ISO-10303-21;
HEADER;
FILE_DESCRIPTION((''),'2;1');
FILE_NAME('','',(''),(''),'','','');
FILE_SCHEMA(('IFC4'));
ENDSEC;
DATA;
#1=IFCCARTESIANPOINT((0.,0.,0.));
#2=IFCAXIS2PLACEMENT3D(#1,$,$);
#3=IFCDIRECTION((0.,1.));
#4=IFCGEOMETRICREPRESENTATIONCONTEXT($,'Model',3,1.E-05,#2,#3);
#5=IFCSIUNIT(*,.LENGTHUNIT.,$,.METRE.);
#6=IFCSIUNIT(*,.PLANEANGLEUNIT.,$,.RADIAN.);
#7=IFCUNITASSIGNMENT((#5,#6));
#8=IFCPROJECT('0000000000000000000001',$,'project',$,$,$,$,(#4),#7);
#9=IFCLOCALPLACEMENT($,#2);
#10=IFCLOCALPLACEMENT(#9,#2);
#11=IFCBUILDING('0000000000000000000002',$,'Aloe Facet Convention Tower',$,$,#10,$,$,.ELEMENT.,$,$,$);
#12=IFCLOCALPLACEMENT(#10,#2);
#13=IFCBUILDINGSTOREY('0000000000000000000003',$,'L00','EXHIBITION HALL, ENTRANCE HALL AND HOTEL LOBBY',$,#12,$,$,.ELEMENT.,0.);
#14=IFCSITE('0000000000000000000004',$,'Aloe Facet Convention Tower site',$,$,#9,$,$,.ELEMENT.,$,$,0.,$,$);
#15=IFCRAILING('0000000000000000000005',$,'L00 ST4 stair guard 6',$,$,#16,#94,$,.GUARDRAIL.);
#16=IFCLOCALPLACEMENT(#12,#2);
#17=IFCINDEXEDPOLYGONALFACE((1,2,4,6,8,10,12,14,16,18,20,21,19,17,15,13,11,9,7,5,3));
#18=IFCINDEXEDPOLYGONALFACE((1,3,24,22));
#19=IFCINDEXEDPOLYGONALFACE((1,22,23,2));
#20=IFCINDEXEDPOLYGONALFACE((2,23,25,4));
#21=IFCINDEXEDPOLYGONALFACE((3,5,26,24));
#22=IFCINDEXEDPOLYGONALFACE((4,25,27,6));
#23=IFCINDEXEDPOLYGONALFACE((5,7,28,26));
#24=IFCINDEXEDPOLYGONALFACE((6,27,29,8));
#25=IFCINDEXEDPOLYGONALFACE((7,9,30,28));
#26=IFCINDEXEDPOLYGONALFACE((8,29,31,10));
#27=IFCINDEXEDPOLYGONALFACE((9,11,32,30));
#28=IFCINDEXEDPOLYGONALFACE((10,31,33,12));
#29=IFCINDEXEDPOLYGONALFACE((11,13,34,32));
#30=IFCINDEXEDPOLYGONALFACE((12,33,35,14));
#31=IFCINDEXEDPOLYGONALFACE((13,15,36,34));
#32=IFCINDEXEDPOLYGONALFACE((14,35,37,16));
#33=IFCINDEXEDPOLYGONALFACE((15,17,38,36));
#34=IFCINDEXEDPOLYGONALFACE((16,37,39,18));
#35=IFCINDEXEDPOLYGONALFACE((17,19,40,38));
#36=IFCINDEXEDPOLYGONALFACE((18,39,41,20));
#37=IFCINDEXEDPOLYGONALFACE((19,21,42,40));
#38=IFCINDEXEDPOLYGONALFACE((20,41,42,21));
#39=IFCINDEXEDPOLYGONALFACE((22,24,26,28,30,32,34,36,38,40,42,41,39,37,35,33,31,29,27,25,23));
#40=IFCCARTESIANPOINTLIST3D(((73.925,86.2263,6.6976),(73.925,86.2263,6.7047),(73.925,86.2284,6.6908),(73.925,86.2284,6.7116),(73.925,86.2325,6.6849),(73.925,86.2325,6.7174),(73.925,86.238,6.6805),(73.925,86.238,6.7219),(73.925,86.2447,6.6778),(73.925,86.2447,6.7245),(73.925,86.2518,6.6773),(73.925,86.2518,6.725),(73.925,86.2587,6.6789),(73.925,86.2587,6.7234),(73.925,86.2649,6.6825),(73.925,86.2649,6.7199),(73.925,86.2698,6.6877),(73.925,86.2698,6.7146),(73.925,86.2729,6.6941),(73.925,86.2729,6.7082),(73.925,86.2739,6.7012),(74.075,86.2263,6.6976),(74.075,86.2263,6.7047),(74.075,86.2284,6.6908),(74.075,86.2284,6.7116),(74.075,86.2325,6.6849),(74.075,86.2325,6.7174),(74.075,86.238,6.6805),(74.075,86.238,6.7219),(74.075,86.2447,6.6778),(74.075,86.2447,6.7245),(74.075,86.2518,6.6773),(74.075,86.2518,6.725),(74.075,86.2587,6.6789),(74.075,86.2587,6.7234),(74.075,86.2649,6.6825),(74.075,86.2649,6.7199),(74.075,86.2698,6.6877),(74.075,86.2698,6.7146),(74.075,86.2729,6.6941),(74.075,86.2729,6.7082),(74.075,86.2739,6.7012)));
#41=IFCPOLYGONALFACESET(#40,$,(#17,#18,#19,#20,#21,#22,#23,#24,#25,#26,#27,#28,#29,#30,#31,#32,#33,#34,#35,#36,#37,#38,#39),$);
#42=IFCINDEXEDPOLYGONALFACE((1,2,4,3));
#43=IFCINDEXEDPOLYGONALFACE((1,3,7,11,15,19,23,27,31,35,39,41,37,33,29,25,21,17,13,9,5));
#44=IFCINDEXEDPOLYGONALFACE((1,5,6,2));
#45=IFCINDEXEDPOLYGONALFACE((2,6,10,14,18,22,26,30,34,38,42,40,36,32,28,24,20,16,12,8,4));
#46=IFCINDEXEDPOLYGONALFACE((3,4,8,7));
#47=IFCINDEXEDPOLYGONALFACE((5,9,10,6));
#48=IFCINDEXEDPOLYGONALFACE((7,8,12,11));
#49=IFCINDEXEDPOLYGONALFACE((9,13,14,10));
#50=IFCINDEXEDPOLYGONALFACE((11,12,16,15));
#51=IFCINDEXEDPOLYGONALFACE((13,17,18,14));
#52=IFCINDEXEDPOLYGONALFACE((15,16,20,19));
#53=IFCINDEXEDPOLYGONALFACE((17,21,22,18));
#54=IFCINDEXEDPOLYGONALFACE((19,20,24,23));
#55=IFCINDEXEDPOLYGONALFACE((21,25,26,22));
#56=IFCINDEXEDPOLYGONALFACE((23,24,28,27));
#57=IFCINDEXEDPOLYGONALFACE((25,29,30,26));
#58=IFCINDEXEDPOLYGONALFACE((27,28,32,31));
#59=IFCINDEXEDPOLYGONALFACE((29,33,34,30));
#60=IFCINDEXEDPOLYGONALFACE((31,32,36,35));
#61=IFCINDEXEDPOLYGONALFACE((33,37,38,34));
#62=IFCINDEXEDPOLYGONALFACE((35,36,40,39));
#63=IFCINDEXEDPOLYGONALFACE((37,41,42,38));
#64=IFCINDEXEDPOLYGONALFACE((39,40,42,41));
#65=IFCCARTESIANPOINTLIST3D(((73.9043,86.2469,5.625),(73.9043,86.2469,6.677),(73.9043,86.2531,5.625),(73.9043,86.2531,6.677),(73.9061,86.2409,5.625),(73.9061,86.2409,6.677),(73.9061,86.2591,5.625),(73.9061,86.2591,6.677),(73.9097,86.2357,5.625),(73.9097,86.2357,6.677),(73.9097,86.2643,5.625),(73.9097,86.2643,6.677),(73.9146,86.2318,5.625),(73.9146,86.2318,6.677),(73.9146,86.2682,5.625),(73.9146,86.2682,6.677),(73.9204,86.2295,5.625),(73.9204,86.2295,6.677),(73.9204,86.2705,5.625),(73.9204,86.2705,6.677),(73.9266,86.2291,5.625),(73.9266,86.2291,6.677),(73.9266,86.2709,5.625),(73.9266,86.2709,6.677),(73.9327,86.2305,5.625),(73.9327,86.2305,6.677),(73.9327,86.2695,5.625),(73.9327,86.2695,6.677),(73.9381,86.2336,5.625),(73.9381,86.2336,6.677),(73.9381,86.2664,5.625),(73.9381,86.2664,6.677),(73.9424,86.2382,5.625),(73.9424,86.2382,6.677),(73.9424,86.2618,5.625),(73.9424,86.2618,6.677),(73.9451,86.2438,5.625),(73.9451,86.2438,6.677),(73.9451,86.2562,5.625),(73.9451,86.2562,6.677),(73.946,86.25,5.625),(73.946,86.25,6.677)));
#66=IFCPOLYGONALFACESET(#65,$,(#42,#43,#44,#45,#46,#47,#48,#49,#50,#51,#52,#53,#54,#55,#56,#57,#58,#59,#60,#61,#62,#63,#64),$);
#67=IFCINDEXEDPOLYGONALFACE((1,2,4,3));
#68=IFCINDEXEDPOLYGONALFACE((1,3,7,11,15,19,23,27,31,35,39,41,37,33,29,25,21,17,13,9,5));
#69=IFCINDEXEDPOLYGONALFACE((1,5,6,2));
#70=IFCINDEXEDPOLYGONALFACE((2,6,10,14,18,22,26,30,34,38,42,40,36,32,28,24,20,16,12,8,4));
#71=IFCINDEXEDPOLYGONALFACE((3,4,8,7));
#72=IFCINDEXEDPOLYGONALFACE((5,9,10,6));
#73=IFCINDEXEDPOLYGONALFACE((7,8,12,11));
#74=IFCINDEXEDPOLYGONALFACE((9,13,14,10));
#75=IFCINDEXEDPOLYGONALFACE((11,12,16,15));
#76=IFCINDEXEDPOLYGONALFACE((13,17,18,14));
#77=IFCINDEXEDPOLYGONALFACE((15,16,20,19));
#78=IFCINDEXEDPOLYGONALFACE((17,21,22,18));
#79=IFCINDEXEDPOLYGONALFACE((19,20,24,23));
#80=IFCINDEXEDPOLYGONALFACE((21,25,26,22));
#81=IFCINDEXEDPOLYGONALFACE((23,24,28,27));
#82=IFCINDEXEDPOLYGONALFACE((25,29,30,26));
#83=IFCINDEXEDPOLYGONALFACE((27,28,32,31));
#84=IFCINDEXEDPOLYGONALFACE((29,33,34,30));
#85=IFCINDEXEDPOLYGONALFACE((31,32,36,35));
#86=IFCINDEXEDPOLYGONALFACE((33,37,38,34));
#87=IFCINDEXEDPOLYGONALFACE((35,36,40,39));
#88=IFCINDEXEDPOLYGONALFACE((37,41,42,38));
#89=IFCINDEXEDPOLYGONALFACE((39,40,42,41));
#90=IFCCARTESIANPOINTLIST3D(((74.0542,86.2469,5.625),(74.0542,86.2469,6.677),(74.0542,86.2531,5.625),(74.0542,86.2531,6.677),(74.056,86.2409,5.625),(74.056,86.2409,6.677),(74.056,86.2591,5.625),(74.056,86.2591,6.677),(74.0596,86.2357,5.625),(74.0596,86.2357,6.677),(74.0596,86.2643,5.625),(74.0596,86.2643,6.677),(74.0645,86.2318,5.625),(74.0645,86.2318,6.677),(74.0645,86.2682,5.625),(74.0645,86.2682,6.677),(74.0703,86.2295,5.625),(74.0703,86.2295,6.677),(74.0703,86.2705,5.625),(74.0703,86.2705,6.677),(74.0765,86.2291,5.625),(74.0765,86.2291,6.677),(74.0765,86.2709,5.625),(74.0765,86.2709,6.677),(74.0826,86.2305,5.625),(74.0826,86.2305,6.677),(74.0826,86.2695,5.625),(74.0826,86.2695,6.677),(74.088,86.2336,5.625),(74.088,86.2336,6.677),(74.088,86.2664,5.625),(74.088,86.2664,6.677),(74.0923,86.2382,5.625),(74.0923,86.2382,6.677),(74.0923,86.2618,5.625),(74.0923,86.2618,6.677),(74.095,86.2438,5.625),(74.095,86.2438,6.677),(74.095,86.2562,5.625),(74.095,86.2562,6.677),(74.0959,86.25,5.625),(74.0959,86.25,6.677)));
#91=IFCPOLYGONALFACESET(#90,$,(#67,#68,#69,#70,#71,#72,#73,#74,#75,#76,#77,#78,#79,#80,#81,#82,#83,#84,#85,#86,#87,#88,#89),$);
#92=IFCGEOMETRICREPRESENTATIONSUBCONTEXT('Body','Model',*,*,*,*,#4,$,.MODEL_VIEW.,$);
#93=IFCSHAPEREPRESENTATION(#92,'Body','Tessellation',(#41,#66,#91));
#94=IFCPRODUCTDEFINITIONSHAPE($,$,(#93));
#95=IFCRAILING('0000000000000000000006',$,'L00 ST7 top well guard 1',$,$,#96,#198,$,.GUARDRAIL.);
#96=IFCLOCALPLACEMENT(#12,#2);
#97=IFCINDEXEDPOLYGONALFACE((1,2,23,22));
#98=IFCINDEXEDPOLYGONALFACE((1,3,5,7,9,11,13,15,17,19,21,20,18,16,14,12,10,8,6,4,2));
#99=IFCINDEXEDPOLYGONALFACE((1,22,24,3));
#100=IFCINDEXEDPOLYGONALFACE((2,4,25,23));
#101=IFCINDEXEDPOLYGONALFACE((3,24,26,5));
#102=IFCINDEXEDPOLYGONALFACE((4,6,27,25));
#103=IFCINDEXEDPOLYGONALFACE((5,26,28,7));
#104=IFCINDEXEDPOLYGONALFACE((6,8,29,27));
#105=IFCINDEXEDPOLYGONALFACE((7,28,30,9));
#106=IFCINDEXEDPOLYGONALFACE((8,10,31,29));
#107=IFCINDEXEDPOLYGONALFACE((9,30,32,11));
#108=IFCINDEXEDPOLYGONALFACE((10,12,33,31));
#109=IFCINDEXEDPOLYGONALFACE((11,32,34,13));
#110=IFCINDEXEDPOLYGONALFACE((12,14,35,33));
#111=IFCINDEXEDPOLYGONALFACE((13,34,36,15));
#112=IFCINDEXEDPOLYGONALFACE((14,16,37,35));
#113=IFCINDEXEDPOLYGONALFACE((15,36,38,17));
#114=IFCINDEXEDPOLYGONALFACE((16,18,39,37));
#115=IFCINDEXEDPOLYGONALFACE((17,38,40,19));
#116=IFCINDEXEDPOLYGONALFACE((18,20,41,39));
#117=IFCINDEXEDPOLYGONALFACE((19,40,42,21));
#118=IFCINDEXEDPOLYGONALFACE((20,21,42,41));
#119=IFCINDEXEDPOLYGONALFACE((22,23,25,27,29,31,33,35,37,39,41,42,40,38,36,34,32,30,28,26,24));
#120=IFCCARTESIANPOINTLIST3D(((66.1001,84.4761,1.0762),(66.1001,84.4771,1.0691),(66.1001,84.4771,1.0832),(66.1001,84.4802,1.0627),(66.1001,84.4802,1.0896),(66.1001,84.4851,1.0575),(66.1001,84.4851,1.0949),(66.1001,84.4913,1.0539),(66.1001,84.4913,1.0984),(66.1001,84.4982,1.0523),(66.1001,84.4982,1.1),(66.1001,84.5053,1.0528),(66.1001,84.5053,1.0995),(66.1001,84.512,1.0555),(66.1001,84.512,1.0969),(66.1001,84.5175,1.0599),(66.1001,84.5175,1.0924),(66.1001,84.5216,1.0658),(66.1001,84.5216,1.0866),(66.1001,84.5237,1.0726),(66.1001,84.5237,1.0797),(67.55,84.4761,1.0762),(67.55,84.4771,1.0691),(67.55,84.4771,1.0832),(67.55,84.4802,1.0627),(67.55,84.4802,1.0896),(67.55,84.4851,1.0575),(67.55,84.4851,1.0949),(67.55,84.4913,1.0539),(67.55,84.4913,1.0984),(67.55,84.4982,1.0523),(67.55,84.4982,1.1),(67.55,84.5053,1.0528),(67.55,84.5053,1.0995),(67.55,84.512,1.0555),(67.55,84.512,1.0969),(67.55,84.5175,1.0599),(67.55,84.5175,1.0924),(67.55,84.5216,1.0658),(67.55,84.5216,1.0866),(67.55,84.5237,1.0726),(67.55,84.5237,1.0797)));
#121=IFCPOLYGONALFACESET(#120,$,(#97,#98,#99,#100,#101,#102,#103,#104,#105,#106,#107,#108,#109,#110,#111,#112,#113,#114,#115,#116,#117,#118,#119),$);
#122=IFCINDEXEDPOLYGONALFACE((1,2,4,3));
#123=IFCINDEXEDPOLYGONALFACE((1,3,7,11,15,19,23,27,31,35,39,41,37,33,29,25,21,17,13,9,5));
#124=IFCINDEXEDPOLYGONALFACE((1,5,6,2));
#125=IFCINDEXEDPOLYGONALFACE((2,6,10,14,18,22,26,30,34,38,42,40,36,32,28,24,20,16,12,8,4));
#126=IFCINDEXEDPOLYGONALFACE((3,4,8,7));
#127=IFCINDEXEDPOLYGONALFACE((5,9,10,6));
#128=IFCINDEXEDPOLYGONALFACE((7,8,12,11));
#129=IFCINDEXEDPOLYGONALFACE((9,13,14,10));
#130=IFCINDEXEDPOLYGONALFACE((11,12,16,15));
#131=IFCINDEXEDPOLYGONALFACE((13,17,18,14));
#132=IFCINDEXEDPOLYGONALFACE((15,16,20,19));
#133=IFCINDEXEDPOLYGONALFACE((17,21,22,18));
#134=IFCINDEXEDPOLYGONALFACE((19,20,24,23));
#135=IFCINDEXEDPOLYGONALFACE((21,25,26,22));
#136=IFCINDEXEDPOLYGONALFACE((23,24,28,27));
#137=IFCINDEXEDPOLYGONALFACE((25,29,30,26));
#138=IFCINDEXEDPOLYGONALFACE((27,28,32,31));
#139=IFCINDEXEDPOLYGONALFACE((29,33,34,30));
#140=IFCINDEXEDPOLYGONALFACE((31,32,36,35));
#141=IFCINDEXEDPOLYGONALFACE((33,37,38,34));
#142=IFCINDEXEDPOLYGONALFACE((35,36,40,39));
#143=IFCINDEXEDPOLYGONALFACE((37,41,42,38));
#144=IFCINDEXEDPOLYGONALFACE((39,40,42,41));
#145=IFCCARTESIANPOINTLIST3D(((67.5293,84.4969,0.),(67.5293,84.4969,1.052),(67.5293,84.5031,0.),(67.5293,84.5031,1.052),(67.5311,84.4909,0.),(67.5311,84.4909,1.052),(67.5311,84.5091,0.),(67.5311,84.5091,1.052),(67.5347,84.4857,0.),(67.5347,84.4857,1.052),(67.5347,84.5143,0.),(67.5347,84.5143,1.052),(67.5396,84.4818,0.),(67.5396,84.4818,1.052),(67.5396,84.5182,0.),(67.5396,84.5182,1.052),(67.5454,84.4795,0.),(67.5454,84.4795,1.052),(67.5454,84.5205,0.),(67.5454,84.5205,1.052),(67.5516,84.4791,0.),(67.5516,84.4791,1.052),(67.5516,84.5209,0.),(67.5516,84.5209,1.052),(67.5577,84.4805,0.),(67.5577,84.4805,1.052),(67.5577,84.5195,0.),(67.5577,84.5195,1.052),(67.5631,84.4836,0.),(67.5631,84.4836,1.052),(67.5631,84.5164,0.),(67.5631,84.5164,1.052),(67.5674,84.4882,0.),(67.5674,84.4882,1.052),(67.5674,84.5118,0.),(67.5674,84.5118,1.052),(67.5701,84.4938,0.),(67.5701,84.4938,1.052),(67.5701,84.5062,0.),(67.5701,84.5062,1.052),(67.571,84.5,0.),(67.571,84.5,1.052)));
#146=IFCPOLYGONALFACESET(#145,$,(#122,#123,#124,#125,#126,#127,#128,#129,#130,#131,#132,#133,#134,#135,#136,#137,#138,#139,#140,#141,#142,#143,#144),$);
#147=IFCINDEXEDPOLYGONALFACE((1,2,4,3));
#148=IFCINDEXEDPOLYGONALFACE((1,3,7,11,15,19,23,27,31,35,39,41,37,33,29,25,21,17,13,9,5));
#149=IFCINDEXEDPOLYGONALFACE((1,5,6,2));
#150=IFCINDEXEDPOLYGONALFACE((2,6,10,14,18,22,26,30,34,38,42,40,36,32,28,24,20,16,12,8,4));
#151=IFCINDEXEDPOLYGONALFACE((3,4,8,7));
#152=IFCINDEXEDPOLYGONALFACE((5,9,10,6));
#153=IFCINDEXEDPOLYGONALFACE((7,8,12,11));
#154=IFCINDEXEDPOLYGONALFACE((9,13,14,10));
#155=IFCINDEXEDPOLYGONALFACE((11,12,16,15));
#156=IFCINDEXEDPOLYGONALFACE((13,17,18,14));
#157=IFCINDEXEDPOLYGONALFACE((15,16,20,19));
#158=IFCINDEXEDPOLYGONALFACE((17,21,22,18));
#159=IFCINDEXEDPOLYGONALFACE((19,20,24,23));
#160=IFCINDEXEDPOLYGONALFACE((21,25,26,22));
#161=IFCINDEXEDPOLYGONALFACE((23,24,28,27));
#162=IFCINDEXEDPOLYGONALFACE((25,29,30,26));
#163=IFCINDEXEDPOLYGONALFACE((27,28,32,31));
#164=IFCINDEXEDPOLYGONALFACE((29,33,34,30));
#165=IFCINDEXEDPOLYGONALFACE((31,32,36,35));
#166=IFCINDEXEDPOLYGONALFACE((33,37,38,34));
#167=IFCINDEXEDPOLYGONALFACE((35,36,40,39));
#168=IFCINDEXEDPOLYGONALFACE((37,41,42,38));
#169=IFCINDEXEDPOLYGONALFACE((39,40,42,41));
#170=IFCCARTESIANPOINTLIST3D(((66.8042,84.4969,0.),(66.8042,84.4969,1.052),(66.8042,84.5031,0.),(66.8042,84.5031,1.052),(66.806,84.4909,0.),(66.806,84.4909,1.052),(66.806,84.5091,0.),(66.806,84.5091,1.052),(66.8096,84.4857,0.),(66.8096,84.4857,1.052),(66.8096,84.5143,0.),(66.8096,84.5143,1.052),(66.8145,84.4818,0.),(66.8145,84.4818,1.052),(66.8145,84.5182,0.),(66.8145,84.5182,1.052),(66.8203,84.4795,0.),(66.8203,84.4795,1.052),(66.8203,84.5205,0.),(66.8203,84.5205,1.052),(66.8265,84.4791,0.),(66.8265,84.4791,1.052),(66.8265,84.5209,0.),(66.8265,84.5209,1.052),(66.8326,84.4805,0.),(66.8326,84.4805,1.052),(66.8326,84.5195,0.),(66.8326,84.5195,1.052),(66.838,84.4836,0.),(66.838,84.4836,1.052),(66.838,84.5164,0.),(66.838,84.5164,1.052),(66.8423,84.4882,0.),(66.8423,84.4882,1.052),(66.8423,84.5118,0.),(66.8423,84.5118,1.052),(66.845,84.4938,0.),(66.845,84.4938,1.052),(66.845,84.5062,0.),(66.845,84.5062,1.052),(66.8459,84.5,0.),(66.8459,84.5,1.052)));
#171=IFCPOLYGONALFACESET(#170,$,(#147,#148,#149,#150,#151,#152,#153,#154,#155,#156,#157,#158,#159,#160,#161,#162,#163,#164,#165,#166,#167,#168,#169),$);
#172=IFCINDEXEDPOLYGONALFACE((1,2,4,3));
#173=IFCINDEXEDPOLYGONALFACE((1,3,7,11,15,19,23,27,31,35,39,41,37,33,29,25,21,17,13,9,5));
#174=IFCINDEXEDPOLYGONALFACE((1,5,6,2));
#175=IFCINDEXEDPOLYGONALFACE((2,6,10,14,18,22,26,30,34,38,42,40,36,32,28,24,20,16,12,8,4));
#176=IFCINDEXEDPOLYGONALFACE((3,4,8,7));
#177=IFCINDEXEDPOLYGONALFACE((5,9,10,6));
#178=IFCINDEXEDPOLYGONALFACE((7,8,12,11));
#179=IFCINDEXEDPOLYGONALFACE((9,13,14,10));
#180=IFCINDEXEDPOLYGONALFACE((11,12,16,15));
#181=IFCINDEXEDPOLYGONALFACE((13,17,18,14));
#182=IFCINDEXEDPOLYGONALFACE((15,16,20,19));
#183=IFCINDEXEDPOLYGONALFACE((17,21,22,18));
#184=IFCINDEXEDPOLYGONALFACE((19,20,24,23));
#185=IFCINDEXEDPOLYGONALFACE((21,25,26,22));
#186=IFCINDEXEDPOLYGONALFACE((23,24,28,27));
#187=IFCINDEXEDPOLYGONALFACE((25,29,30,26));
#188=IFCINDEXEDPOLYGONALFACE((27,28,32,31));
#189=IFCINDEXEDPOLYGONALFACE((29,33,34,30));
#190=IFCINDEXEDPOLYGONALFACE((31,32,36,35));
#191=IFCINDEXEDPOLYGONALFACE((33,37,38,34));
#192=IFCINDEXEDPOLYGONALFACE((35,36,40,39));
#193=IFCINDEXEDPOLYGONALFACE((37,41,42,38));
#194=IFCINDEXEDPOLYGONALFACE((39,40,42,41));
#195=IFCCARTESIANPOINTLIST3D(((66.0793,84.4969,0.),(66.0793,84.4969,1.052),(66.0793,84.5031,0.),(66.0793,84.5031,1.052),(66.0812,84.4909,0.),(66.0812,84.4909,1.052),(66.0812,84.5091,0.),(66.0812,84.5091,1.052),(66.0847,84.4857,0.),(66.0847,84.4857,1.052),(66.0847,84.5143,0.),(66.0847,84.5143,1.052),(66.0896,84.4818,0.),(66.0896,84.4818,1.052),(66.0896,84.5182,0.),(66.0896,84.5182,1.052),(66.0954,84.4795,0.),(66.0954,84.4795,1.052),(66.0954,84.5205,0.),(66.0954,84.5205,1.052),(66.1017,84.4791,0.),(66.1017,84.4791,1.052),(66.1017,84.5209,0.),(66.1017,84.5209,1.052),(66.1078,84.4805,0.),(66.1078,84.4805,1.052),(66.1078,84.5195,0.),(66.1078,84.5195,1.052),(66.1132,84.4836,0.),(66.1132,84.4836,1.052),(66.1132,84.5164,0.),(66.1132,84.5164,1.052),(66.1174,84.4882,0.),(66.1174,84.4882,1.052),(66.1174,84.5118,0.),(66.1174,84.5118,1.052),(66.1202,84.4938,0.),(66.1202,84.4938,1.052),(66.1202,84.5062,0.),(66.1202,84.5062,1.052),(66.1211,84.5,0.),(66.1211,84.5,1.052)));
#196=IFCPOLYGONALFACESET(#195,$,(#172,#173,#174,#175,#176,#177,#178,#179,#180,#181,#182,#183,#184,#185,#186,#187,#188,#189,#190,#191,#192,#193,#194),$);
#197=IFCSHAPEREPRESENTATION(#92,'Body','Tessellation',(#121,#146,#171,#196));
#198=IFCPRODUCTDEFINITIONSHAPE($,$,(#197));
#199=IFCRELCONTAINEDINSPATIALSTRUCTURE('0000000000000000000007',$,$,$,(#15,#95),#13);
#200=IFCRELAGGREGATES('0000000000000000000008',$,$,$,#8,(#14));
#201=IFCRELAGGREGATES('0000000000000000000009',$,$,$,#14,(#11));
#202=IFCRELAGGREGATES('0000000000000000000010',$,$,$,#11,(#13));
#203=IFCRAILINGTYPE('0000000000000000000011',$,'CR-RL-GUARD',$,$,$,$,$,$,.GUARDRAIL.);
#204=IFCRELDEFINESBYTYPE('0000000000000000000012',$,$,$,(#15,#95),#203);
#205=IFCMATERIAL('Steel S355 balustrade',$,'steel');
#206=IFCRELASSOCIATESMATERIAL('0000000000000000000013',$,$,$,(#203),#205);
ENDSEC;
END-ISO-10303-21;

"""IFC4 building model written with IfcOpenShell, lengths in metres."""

from ifc_helpers import new_model, si_unit, direction, frame, origin, origin_2d, place, context, subcontext, project, spatial, circle, extrude, material, type_object, element, save


model = new_model("IFC4")

# Units and contexts
model_context = context("Model", 3, precision=1e-05, world=origin(), true_north=direction((0.0, 1.0)))
body_context = subcontext(model_context, "Body", "Model", "MODEL_VIEW")
ifc_project = project(units=[si_unit("LENGTHUNIT", "METRE"), si_unit("PLANEANGLEUNIT", "RADIAN")], contexts=[model_context])

# Site, building, storey
site_placement = place(None, origin())
site = spatial("IfcSite", under=ifc_project, at=site_placement, Name="Aloe Facet Convention Tower site", CompositionType="ELEMENT", RefElevation=0.0)
building_placement = place(site_placement, origin())
building = spatial("IfcBuilding", under=site, at=building_placement, Name="Aloe Facet Convention Tower", CompositionType="ELEMENT")
storey_placement = place(building_placement, origin())
storey = spatial("IfcBuildingStorey", under=building, at=storey_placement, Name="L00", Description="EXHIBITION HALL, ENTRANCE HALL AND HOTEL LOBBY", CompositionType="ELEMENT", Elevation=0.0)

# Railings
ifc_material_1 = material(Name="Steel S355 balustrade", Category="steel")
railing_type = type_object("IfcRailingType", Name="CR-RL-GUARD", PredefinedType="GUARDRAIL", material=ifc_material_1)
railing_1_placement = place(storey_placement, frame((73.925, 86.25, 5.625)))
element("IfcRailing", 1, at=railing_1_placement, inside=storey, type_object=railing_type, Name="L00 ST4 stair guard 6", PredefinedType="GUARDRAIL", context=body_context, shape_type="SweptSolid", body=[
    extrude(circle(Radius=0.0239, at=origin_2d()), frame((0.0, 0.0, 1.0762), z_axis=(1.0, 0.0, 0.0), x_axis=(0.0, 1.0, 0.0)), (0.0, 0.0, 1.0), 0.1499),
    extrude(circle(Radius=0.021, at=origin_2d()), origin(), (0.0, 0.0, 1.0), 1.052),
    extrude(circle(Radius=0.021, at=origin_2d()), frame((0.1499, 0.0, 0.0)), (0.0, 0.0, 1.0), 1.052),
])
railing_2_placement = place(storey_placement, frame((67.55, 84.5, 0.0)))
element("IfcRailing", 2, at=railing_2_placement, inside=storey, type_object=railing_type, Name="L00 ST7 top well guard 1", PredefinedType="GUARDRAIL", context=body_context, shape_type="SweptSolid", body=[
    extrude(circle(Radius=0.0239, at=origin_2d()), frame((0.0, 0.0, 1.0762), z_axis=(-1.0, 0.0, 0.0), x_axis=(0.0, -1.0, 0.0)), (0.0, 0.0, 1.0), 1.45),
    extrude(circle(Radius=0.021, at=origin_2d()), origin(), (0.0, 0.0, 1.0), 1.052),
    extrude(circle(Radius=0.021, at=origin_2d()), frame((-0.7251, 0.0, 0.0)), (0.0, 0.0, 1.0), 1.052),
    extrude(circle(Radius=0.021, at=origin_2d()), frame((-1.45, 0.0, 0.0)), (0.0, 0.0, 1.0), 1.052),
])

save(model, "model.ifc")
